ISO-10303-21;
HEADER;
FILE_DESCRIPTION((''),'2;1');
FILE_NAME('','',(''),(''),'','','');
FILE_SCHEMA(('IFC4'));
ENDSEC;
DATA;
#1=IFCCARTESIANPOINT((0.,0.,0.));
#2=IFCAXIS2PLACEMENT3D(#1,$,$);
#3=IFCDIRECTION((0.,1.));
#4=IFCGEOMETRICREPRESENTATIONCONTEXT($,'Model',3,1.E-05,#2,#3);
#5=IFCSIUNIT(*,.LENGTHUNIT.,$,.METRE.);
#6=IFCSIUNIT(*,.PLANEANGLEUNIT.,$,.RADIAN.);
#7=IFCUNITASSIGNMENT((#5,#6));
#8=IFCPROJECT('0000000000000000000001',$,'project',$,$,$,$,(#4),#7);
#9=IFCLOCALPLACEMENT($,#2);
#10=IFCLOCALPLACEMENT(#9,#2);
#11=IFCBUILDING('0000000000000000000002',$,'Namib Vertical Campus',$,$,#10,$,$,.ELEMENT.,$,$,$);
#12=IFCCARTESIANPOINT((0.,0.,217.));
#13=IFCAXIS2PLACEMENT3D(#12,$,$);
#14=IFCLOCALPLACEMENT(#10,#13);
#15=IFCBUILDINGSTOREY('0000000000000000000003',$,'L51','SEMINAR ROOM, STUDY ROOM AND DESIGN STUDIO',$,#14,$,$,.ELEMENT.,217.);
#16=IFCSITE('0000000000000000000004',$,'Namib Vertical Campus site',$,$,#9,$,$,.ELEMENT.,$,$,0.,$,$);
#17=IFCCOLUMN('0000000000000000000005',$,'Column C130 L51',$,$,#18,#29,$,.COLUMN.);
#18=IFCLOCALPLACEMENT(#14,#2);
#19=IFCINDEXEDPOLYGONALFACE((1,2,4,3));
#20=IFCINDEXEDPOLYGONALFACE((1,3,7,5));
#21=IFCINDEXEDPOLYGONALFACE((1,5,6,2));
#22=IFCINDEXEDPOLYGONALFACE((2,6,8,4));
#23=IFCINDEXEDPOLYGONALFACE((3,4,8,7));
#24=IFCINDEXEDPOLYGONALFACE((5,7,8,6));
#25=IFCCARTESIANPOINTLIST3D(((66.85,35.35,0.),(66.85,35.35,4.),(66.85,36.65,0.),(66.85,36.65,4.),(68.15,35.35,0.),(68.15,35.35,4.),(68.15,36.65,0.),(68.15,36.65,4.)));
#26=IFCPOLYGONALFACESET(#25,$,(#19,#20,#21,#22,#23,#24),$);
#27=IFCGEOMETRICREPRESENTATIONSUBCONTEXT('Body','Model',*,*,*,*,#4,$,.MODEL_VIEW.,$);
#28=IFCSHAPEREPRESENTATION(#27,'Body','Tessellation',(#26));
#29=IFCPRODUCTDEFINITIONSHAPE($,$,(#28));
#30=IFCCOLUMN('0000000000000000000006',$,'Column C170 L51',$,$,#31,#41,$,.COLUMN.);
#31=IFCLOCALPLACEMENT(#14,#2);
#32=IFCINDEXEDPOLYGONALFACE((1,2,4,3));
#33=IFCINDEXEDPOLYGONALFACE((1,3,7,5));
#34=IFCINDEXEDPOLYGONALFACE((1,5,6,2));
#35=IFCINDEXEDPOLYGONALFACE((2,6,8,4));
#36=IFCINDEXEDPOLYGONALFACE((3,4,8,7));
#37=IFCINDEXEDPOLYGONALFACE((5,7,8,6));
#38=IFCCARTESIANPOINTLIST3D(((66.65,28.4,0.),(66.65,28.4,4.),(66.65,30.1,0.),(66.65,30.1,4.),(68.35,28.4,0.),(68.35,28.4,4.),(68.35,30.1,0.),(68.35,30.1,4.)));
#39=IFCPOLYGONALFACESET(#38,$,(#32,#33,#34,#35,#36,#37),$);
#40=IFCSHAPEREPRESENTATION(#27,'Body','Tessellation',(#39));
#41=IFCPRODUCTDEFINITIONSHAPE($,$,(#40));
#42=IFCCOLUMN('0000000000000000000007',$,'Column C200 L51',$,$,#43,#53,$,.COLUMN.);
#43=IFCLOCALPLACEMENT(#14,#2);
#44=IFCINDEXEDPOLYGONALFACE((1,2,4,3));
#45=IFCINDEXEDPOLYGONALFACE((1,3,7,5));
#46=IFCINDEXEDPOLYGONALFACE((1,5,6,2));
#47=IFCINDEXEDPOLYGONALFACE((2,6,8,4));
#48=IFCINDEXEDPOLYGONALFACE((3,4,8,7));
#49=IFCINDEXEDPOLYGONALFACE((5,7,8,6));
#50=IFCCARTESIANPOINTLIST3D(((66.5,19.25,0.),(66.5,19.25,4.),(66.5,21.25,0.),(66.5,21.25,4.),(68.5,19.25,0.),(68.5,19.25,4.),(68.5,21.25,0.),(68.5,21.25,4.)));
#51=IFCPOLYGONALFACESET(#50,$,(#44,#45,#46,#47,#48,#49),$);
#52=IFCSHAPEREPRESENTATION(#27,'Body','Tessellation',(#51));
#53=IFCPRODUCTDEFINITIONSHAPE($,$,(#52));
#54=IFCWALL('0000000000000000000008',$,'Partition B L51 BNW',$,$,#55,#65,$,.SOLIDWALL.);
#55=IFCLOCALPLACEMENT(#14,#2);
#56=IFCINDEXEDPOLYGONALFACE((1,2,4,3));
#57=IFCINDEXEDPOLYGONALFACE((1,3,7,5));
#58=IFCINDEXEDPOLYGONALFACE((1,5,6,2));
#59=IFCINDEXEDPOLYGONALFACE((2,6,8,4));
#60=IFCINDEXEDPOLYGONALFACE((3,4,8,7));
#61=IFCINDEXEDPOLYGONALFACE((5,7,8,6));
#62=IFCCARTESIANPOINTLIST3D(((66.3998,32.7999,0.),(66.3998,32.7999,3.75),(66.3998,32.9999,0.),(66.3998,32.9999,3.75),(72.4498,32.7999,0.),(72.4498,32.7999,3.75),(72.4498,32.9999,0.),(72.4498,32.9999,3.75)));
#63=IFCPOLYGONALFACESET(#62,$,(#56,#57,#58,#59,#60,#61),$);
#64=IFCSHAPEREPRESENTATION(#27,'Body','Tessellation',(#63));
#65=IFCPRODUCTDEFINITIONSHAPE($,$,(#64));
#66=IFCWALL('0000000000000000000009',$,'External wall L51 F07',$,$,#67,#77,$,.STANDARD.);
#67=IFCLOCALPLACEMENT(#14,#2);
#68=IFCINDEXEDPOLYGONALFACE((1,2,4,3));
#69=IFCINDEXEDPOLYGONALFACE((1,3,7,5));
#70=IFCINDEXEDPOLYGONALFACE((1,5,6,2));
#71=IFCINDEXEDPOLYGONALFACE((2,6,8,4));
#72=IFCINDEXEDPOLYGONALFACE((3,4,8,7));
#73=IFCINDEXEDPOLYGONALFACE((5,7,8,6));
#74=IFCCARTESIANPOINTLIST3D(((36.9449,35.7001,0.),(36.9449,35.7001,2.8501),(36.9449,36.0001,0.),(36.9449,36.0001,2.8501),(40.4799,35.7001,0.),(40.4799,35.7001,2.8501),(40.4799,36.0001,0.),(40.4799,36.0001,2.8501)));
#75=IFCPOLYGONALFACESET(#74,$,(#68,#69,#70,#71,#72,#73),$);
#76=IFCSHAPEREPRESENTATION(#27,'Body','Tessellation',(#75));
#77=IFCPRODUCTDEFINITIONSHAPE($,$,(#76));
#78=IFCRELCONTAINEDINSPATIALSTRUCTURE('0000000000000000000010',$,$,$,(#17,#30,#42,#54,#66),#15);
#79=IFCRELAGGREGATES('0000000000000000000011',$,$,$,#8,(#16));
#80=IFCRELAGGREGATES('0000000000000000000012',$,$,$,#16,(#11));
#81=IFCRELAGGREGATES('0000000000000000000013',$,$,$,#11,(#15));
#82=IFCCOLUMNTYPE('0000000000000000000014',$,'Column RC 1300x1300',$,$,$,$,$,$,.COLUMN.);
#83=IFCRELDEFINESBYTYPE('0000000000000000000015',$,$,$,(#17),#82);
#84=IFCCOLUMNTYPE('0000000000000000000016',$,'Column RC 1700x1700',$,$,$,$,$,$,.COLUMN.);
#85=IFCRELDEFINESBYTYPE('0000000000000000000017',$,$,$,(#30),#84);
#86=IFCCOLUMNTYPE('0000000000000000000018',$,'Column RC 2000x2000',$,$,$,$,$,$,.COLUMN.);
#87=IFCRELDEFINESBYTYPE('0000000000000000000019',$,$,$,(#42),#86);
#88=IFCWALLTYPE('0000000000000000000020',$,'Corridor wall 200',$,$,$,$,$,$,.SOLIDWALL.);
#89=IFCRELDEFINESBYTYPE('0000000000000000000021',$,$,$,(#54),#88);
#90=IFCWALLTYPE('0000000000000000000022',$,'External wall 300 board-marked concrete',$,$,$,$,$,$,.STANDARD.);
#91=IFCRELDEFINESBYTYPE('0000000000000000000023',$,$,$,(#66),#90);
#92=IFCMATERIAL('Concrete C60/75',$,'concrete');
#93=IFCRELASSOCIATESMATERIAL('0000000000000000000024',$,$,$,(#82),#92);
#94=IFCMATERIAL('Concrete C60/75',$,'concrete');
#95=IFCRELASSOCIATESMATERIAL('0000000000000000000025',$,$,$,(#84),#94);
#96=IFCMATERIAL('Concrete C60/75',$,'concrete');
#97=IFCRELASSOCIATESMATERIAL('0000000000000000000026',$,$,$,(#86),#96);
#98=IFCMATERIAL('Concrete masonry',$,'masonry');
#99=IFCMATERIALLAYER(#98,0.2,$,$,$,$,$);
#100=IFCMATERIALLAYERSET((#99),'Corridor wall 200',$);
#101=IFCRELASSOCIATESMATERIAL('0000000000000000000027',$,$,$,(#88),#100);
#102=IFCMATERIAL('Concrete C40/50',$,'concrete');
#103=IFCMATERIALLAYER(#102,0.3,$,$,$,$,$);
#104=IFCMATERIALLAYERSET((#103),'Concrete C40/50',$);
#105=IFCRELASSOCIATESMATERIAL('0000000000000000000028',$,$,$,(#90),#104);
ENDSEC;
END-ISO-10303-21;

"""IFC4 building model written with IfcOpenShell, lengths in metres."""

from ifc_helpers import new_model, si_unit, direction, frame, frame_2d, origin, origin_2d, place, context, subcontext, project, spatial, rectangle, extrude, material, layer, layer_set, material_profile, profile_set, type_object, element, save


model = new_model("IFC4")

# Units and contexts
model_context = context("Model", 3, precision=1e-05, world=origin(), true_north=direction((0.0, 1.0)))
body_context = subcontext(model_context, "Body", "Model", "MODEL_VIEW")
ifc_project = project(units=[si_unit("LENGTHUNIT", "METRE"), si_unit("PLANEANGLEUNIT", "RADIAN")], contexts=[model_context])

# Site, building, storey
site_placement = place(None, origin())
site = spatial("IfcSite", under=ifc_project, at=site_placement, Name="Namib Vertical Campus site", CompositionType="ELEMENT", RefElevation=0.0)
building_placement = place(site_placement, origin())
building = spatial("IfcBuilding", under=site, at=building_placement, Name="Namib Vertical Campus", CompositionType="ELEMENT")
storey_placement = place(building_placement, frame((0.0, 0.0, 217.0)))
storey = spatial("IfcBuildingStorey", under=building, at=storey_placement, Name="L51", Description="SEMINAR ROOM, STUDY ROOM AND DESIGN STUDIO", CompositionType="ELEMENT", Elevation=217.0)

# Columns
ifc_material_1 = material(Name="Concrete C60/75", Category="concrete")
ifc_material_profile_1 = material_profile(ifc_material_1, rectangle(XDim=1.3, YDim=1.3, at=origin_2d()))
ifc_profile_set_1 = profile_set([ifc_material_profile_1], Name="Concrete C60/75")
column_type_1 = type_object("IfcColumnType", Name="Column RC 1300x1300", PredefinedType="COLUMN", material=ifc_profile_set_1)
column_1_placement = place(storey_placement, frame((67.5, 36.0, 0.0), z_axis=(0.0, 0.0, 1.0), x_axis=(1.0, 0.0, 0.0)))
element("IfcColumn", 1, at=column_1_placement, inside=storey, type_object=column_type_1, Name="Column C130 L51", PredefinedType="COLUMN", context=body_context, shape_type="SweptSolid", body=[
    extrude(rectangle(XDim=1.3, YDim=1.3, at=origin_2d()), origin(), (0.0, 0.0, 1.0), 4.0),
])
ifc_material_2 = material(Name="Concrete C60/75", Category="concrete")
ifc_material_profile_2 = material_profile(ifc_material_2, rectangle(XDim=1.7, YDim=1.7, at=origin_2d()))
ifc_profile_set_2 = profile_set([ifc_material_profile_2], Name="Concrete C60/75")
column_type_2 = type_object("IfcColumnType", Name="Column RC 1700x1700", PredefinedType="COLUMN", material=ifc_profile_set_2)
column_2_placement = place(storey_placement, frame((67.5, 29.25, 0.0), z_axis=(0.0, 0.0, 1.0), x_axis=(1.0, 0.0, 0.0)))
element("IfcColumn", 2, at=column_2_placement, inside=storey, type_object=column_type_2, Name="Column C170 L51", PredefinedType="COLUMN", context=body_context, shape_type="SweptSolid", body=[
    extrude(rectangle(XDim=1.7, YDim=1.7, at=origin_2d()), origin(), (0.0, 0.0, 1.0), 4.0),
])
ifc_material_3 = material(Name="Concrete C60/75", Category="concrete")
ifc_material_profile_3 = material_profile(ifc_material_3, rectangle(XDim=2.0, YDim=2.0, at=origin_2d()))
ifc_profile_set_3 = profile_set([ifc_material_profile_3], Name="Concrete C60/75")
column_type_3 = type_object("IfcColumnType", Name="Column RC 2000x2000", PredefinedType="COLUMN", material=ifc_profile_set_3)
column_3_placement = place(storey_placement, frame((67.5, 20.25, 0.0), z_axis=(0.0, 0.0, 1.0), x_axis=(1.0, 0.0, 0.0)))
element("IfcColumn", 3, at=column_3_placement, inside=storey, type_object=column_type_3, Name="Column C200 L51", PredefinedType="COLUMN", context=body_context, shape_type="SweptSolid", body=[
    extrude(rectangle(XDim=2.0, YDim=2.0, at=origin_2d()), origin(), (0.0, 0.0, 1.0), 4.0),
])

# Walls
ifc_material_4 = material(Name="Concrete masonry", Category="masonry")
ifc_layer_1 = layer(ifc_material_4, 0.2)
ifc_layer_set_1 = layer_set([ifc_layer_1], Name="Corridor wall 200")
wall_type_1 = type_object("IfcWallType", Name="Corridor wall 200", PredefinedType="SOLIDWALL", material=ifc_layer_set_1)
wall_1_placement = place(storey_placement, frame((66.3999, 32.8999, 0.0), z_axis=(0.0, 0.0, 1.0), x_axis=(1.0, 0.0, 0.0)))
element("IfcWall", 4, at=wall_1_placement, inside=storey, type_object=wall_type_1, Name="Partition B L51 BNW", PredefinedType="SOLIDWALL", context=body_context, shape_type="SweptSolid", body=[
    extrude(rectangle(XDim=6.05, YDim=0.2, at=frame_2d((3.0249, 0.0))), origin(), (0.0, 0.0, 1.0), 3.75),
])
ifc_material_5 = material(Name="Concrete C40/50", Category="concrete")
ifc_layer_2 = layer(ifc_material_5, 0.3)
ifc_layer_set_2 = layer_set([ifc_layer_2], Name="Concrete C40/50")
wall_type_2 = type_object("IfcWallType", Name="External wall 300 board-marked concrete", PredefinedType="STANDARD", material=ifc_layer_set_2)
wall_2_placement = place(storey_placement, frame((40.48, 35.8501, 0.0), z_axis=(0.0, 0.0, 1.0), x_axis=(-1.0, 0.0, 0.0)))
element("IfcWall", 5, at=wall_2_placement, inside=storey, type_object=wall_type_2, Name="External wall L51 F07", PredefinedType="STANDARD", context=body_context, shape_type="SweptSolid", body=[
    extrude(rectangle(XDim=3.5349, YDim=0.3, at=frame_2d((1.7676, 0.0))), origin(), (0.0, 0.0, 1.0), 2.8501),
])

save(model, "model.ifc")
